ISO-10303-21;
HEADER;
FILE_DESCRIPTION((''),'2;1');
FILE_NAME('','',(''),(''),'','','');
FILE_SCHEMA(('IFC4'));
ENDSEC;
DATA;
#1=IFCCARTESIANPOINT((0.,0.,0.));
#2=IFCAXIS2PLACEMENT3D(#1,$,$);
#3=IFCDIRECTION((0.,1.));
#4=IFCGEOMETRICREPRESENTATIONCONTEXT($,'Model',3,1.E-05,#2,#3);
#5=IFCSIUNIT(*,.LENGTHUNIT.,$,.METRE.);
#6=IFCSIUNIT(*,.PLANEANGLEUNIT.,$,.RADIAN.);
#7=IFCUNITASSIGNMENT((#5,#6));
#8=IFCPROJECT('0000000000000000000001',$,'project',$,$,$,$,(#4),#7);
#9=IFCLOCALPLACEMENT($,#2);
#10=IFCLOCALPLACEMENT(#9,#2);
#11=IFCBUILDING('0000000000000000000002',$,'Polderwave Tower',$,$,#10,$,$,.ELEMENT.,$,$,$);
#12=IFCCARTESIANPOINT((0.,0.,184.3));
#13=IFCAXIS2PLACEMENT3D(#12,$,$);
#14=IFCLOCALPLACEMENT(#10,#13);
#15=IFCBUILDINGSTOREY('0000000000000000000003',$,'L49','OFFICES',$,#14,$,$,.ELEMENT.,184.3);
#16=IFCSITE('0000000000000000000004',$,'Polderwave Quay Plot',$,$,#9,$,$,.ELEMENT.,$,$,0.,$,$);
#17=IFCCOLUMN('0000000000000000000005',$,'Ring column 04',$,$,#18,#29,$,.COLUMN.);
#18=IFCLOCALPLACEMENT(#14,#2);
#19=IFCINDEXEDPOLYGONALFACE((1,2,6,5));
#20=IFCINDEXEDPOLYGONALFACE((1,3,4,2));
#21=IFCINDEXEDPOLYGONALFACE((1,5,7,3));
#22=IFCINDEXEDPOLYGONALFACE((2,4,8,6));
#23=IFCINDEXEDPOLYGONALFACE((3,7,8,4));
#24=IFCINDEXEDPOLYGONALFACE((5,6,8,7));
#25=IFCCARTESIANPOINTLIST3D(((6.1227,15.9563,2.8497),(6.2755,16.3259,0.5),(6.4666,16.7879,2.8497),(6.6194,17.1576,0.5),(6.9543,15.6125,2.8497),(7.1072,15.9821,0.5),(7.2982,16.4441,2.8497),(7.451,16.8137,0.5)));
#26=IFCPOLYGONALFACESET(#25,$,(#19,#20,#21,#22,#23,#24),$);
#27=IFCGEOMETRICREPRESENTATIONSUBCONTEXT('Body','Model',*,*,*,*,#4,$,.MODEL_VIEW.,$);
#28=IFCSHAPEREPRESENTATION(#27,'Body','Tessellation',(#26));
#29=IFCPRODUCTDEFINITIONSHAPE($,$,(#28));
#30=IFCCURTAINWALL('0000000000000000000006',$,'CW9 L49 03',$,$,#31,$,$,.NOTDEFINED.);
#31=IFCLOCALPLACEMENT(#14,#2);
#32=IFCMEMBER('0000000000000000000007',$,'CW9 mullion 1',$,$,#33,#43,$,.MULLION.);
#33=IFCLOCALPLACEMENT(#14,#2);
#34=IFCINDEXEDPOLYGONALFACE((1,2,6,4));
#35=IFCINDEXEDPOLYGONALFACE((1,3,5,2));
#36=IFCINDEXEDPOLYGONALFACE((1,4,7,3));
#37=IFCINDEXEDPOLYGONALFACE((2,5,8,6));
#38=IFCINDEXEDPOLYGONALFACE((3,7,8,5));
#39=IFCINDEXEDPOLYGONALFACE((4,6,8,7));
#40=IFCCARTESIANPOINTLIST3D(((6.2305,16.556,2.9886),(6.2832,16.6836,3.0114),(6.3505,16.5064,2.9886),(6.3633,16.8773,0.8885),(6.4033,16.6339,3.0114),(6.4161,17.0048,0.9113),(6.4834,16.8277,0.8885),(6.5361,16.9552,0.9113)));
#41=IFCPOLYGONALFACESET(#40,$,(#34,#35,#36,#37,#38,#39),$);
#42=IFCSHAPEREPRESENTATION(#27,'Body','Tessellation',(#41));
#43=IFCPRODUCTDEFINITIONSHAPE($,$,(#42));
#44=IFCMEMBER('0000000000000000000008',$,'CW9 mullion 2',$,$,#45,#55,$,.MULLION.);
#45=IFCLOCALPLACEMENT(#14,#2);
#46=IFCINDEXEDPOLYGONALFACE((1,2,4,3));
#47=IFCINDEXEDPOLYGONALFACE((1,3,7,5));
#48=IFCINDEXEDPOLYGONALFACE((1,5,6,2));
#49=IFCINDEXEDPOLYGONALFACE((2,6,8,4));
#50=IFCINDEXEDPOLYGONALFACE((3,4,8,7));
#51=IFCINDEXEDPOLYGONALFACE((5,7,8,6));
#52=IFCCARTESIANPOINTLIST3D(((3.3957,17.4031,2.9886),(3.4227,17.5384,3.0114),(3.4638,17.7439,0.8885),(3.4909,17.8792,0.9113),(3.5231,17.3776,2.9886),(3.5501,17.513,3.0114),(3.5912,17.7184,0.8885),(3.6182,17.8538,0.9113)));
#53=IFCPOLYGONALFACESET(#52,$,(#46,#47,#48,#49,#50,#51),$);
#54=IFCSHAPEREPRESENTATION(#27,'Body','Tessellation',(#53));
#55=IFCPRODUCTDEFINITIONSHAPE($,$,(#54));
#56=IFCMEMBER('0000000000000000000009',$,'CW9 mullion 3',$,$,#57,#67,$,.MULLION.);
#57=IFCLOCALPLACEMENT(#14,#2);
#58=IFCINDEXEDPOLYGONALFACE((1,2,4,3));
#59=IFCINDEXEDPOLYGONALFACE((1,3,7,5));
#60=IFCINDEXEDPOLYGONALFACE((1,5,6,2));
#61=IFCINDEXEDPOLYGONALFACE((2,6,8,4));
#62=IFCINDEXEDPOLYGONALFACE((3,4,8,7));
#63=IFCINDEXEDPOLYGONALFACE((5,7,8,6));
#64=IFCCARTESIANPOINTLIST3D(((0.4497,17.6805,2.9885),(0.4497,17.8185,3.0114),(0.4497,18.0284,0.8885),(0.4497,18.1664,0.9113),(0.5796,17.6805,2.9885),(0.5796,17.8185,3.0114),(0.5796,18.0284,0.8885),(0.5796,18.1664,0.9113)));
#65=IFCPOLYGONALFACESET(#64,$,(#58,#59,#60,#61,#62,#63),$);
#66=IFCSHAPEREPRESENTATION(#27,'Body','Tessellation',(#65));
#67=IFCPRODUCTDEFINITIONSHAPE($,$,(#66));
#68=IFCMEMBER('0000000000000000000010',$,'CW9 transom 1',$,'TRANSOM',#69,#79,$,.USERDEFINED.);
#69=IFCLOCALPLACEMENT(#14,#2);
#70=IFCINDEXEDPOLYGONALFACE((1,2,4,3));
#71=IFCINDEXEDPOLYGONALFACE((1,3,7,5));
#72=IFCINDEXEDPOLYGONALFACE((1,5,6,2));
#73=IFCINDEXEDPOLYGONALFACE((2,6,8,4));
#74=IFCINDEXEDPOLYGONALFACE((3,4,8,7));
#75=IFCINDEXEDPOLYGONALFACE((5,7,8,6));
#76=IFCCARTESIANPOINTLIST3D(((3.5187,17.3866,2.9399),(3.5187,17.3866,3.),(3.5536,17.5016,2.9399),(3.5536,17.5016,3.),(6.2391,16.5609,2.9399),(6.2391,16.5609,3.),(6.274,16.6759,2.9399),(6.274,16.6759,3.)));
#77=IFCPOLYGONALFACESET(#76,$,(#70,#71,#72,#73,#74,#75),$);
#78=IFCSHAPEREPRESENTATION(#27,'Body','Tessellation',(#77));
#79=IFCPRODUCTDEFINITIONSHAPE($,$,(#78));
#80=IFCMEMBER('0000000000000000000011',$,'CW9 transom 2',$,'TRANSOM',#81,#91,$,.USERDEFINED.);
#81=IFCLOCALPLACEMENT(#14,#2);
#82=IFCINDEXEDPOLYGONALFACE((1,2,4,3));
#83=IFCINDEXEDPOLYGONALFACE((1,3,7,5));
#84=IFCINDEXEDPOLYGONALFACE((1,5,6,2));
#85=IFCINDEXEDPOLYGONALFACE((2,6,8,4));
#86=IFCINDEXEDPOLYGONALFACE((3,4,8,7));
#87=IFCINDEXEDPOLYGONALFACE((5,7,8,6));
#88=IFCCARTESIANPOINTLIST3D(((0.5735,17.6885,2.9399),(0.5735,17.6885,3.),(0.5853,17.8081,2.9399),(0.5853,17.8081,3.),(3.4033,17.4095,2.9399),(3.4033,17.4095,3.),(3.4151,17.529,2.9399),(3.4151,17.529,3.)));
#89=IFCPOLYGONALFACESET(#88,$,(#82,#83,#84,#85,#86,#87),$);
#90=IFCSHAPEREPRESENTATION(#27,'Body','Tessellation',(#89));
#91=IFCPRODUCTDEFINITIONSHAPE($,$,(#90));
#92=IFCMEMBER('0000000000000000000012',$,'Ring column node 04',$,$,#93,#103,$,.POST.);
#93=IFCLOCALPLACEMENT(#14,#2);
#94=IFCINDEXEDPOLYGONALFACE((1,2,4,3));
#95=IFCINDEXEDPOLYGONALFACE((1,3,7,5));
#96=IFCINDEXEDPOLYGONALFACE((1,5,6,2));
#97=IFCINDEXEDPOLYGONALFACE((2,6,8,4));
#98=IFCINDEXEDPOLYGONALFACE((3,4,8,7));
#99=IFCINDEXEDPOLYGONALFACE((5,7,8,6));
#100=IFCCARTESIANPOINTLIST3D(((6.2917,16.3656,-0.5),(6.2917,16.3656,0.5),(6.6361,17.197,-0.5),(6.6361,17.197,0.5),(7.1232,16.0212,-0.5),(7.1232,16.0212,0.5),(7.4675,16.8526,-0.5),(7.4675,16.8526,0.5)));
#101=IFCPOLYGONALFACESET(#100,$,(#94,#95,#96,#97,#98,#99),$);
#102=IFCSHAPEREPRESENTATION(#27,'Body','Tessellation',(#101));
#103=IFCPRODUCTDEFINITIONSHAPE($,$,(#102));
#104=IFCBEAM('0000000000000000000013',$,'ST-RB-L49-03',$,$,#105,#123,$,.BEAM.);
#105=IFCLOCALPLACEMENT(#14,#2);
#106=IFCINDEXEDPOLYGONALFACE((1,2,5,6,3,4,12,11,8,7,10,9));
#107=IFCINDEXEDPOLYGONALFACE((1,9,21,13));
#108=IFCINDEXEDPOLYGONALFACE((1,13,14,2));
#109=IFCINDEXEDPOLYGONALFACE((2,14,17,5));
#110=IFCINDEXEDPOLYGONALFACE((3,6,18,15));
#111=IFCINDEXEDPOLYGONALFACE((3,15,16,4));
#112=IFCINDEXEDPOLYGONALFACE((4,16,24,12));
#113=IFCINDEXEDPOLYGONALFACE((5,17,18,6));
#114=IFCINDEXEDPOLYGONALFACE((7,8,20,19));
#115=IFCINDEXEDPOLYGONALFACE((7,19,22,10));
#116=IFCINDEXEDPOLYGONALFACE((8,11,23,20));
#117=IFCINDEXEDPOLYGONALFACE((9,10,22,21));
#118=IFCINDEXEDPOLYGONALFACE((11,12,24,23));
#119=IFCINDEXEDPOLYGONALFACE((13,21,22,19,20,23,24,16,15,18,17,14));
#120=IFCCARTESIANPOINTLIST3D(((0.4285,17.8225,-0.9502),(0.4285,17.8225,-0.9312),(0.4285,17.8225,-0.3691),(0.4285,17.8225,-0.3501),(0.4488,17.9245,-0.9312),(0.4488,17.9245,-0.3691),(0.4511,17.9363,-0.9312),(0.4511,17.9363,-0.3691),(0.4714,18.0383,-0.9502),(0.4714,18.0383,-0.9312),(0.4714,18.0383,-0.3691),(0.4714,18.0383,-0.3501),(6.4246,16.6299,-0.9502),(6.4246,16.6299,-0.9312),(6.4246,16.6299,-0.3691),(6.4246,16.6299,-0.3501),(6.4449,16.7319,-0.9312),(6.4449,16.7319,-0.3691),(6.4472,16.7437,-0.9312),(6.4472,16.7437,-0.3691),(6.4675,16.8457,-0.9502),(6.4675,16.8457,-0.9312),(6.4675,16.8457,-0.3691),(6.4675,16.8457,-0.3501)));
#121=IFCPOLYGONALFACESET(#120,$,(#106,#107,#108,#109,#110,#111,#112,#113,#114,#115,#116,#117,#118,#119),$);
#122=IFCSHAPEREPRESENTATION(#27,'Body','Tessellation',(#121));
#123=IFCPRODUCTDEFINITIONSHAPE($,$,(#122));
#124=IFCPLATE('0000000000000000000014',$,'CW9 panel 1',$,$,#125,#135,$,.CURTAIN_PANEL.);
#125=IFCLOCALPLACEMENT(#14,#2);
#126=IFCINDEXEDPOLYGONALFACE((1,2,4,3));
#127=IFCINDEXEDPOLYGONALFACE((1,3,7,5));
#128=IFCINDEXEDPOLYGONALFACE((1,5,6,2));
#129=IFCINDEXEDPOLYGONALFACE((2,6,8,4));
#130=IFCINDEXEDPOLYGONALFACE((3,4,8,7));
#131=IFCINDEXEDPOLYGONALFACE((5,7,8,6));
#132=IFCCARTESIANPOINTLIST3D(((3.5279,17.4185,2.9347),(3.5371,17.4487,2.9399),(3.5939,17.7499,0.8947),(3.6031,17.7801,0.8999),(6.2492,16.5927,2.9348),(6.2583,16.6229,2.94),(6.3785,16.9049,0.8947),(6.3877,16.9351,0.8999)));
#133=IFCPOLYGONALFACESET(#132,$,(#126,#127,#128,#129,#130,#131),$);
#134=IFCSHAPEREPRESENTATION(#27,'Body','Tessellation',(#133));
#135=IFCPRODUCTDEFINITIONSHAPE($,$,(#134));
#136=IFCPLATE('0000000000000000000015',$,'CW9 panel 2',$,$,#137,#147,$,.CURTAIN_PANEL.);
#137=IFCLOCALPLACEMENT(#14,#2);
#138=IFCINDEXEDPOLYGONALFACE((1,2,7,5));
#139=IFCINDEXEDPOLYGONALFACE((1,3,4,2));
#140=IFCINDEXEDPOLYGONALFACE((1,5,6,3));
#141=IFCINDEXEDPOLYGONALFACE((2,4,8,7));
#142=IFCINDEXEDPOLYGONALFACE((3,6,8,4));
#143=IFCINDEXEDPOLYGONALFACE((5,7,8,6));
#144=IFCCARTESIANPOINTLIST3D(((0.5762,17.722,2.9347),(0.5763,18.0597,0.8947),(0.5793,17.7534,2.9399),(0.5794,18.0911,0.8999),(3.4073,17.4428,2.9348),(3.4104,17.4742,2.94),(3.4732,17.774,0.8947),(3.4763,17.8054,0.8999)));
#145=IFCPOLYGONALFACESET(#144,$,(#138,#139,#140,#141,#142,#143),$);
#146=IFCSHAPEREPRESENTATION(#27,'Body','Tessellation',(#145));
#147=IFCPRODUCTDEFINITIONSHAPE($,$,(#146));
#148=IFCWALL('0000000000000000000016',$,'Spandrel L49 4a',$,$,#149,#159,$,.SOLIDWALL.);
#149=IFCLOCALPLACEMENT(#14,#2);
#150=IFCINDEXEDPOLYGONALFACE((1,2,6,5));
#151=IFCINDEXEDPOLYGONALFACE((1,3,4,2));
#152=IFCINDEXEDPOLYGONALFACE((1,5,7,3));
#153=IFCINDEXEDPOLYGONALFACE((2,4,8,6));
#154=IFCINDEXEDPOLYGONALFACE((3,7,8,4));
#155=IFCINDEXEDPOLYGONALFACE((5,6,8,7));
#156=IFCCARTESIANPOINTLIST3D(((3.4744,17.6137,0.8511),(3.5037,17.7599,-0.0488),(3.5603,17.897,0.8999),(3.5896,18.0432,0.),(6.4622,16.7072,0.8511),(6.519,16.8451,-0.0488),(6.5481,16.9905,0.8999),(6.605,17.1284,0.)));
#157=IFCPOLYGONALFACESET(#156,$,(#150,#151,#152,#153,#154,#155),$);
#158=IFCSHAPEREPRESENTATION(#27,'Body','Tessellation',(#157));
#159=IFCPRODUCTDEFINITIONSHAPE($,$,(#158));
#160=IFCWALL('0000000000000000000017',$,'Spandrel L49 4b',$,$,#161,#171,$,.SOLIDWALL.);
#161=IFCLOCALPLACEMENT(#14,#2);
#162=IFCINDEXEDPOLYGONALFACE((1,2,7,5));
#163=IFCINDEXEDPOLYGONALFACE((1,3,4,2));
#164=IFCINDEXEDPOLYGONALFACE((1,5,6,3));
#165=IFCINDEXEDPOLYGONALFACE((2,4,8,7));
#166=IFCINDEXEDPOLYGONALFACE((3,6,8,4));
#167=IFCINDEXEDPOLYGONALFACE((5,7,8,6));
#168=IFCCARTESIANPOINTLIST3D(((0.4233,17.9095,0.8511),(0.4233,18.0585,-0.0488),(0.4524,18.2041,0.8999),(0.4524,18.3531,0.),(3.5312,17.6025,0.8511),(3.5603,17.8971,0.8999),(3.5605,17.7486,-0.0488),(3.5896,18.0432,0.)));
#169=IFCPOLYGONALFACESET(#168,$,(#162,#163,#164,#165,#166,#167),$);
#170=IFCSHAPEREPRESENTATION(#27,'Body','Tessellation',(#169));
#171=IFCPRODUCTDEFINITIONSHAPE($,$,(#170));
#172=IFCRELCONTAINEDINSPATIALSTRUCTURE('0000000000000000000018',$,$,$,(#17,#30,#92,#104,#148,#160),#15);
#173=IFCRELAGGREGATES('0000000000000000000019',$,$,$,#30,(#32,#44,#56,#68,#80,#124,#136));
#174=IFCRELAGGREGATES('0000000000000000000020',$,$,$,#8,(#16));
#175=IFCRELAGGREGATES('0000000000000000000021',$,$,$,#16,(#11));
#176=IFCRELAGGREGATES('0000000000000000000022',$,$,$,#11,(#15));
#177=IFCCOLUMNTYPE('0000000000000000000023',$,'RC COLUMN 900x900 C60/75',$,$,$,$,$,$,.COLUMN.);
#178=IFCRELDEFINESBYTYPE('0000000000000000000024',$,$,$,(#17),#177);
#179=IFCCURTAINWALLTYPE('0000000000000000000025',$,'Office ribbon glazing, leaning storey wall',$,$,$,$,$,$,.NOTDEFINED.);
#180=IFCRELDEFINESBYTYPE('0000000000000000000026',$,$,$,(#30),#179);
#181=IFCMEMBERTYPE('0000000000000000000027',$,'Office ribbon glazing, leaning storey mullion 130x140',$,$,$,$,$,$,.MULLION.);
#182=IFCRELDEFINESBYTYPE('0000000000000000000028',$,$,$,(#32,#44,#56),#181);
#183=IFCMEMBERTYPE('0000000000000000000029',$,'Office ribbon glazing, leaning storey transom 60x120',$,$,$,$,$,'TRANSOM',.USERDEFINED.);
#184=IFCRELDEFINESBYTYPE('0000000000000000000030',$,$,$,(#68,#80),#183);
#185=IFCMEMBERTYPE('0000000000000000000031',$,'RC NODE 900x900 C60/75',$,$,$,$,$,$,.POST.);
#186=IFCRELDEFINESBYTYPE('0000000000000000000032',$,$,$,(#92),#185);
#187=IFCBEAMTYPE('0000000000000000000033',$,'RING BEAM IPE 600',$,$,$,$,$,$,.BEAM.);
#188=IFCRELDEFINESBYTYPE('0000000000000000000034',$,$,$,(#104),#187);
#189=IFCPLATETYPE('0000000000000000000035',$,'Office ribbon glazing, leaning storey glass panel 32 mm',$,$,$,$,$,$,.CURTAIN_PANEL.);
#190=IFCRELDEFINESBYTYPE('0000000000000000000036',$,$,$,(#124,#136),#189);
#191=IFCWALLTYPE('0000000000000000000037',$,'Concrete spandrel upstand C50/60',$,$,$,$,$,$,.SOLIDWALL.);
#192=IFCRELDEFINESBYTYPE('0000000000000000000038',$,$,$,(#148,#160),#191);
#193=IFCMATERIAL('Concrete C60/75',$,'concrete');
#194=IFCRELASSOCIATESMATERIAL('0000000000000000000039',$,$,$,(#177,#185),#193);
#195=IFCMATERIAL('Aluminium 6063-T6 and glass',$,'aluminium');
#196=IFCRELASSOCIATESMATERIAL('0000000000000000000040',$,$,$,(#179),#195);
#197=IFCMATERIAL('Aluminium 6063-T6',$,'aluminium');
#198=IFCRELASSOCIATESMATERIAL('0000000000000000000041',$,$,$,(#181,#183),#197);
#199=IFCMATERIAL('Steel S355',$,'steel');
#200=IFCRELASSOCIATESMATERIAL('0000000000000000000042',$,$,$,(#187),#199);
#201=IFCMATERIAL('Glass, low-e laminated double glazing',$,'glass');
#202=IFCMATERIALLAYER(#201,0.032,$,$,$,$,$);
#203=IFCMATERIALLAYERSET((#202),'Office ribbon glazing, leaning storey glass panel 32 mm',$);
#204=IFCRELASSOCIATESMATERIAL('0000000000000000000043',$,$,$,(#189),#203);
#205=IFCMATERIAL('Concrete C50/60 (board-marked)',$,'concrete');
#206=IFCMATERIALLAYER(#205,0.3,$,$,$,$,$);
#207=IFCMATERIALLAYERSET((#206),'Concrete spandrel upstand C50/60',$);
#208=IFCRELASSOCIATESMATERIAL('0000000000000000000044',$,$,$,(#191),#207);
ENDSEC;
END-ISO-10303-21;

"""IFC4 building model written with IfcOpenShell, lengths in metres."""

from ifc_helpers import new_model, si_unit, direction, frame, origin, origin_2d, place, context, subcontext, project, spatial, polyline, rectangle, i_section, outline, extrude, material, layer, layer_set, material_profile, profile_set, type_object, element, aggregate, save


model = new_model("IFC4")

# Units and contexts
model_context = context("Model", 3, precision=1e-05, world=origin(), true_north=direction((0.0, 1.0)))
body_context = subcontext(model_context, "Body", "Model", "MODEL_VIEW")
ifc_project = project(units=[si_unit("LENGTHUNIT", "METRE"), si_unit("PLANEANGLEUNIT", "RADIAN")], contexts=[model_context])

# Site, building, storey
site_placement = place(None, origin())
site = spatial("IfcSite", under=ifc_project, at=site_placement, Name="Polderwave Quay Plot", CompositionType="ELEMENT", RefElevation=0.0)
building_placement = place(site_placement, origin())
building = spatial("IfcBuilding", under=site, at=building_placement, Name="Polderwave Tower", CompositionType="ELEMENT")
storey_placement = place(building_placement, frame((0.0, 0.0, 184.3)))
storey = spatial("IfcBuildingStorey", under=building, at=storey_placement, Name="L49", Description="OFFICES", CompositionType="ELEMENT", Elevation=184.3)

# Column
ifc_material_1 = material(Name="Concrete C60/75", Category="concrete")
ifc_material_profile_1 = material_profile(ifc_material_1, rectangle(XDim=0.8999, YDim=0.8999, at=origin_2d()), Name="RC 900x900")
ifc_profile_set_1 = profile_set([ifc_material_profile_1], Name="Concrete C60/75")
column_type = type_object("IfcColumnType", Name="RC COLUMN 900x900 C60/75", PredefinedType="COLUMN", material=ifc_profile_set_1)
column_placement = place(storey_placement, frame((6.8633, 16.5698, 0.5), z_axis=(0.0, 0.0, 1.0), x_axis=(0.924121, -0.3821, 0.0)))
element("IfcColumn", 1, at=column_placement, inside=storey, type_object=column_type, Name="Ring column 04", PredefinedType="COLUMN", context=body_context, shape_type="SweptSolid", body=[
    extrude(rectangle(XDim=0.8999, YDim=0.8999, at=origin_2d()), origin(), (0.0, -0.167801, 0.985821), 2.3835),
])

# Curtain wall, members
ifc_material_2 = material(Name="Aluminium 6063-T6 and glass", Category="aluminium")
curtain_wall_type = type_object("IfcCurtainWallType", Name="Office ribbon glazing, leaning storey wall", PredefinedType="NOTDEFINED", material=ifc_material_2)
curtain_wall_placement = place(storey_placement, origin())
curtain_wall = element("IfcCurtainWall", 2, at=curtain_wall_placement, inside=storey, type_object=curtain_wall_type, Name="CW9 L49 03", PredefinedType="NOTDEFINED")
ifc_material_3 = material(Name="Aluminium 6063-T6", Category="aluminium")
ifc_material_profile_2 = material_profile(ifc_material_3, rectangle(XDim=0.1299, YDim=0.1399, at=origin_2d()), Name="AL 130x140")
ifc_profile_set_2 = profile_set([ifc_material_profile_2], Name="Aluminium 6063-T6")
member_type_1 = type_object("IfcMemberType", Name="Office ribbon glazing, leaning storey mullion 130x140", PredefinedType="MULLION", material=ifc_profile_set_2)
member_1_placement = place(storey_placement, frame((6.4497, 16.9163, 0.8999), z_axis=(-0.062392, -0.150934, 0.986573), x_axis=(0.924154, -0.382021, 0.0)))
member_1 = element("IfcMember", 3, at=member_1_placement, type_object=member_type_1, Name="CW9 mullion 1", PredefinedType="MULLION", context=body_context, shape_type="SweptSolid", body=[
    extrude(rectangle(XDim=0.1299, YDim=0.1399, at=origin_2d()), origin(), (0.0, 0.0, 1.0), 2.1287),
])
member_2_placement = place(storey_placement, frame((3.541, 17.7988, 0.8999), z_axis=(-0.031999, -0.16011, 0.98658), x_axis=(0.980608, -0.195981, 0.0)))
member_2 = element("IfcMember", 4, at=member_2_placement, type_object=member_type_1, Name="CW9 mullion 2", PredefinedType="MULLION", context=body_context, shape_type="SweptSolid", body=[
    extrude(rectangle(XDim=0.1299, YDim=0.1399, at=origin_2d()), origin(), (0.0, 0.0, 1.0), 2.1287),
])
member_3_placement = place(storey_placement, frame((0.5146, 18.0974, 0.8999), z_axis=(0.0, -0.163432, 0.986555), x_axis=(1.0, 0.0, 0.0)))
member_3 = element("IfcMember", 5, at=member_3_placement, type_object=member_type_1, Name="CW9 mullion 3", PredefinedType="MULLION", context=body_context, shape_type="SweptSolid", body=[
    extrude(rectangle(XDim=0.1299, YDim=0.1399, at=origin_2d()), origin(), (0.0, 0.0, 1.0), 2.1287),
])
ifc_material_profile_3 = material_profile(ifc_material_3, rectangle(XDim=0.1201, YDim=0.0601, at=origin_2d()), Name="AL 60x120")
ifc_profile_set_3 = profile_set([ifc_material_profile_3], Name="Aluminium 6063-T6")
member_type_2 = type_object("IfcMemberType", Name="Office ribbon glazing, leaning storey transom 60x120", ElementType="TRANSOM", PredefinedType="USERDEFINED", material=ifc_profile_set_3)
member_4_placement = place(storey_placement, frame((6.2566, 16.6184, 2.97), z_axis=(-0.956897, 0.290427, 0.0), x_axis=(-0.290427, -0.956897, 0.0)))
member_4 = element("IfcMember", 6, at=member_4_placement, type_object=member_type_2, Name="CW9 transom 1", ObjectType="TRANSOM", PredefinedType="USERDEFINED", context=body_context, shape_type="SweptSolid", body=[
    extrude(rectangle(XDim=0.1201, YDim=0.0601, at=origin_2d()), origin(), (0.0, 0.0, 1.0), 2.843),
])
member_5_placement = place(storey_placement, frame((3.4092, 17.4692, 2.97), z_axis=(-0.995173, 0.098135, 0.0), x_axis=(-0.098135, -0.995173, 0.0)))
member_5 = element("IfcMember", 7, at=member_5_placement, type_object=member_type_2, Name="CW9 transom 2", ObjectType="TRANSOM", PredefinedType="USERDEFINED", context=body_context, shape_type="SweptSolid", body=[
    extrude(rectangle(XDim=0.1201, YDim=0.0601, at=origin_2d()), origin(), (0.0, 0.0, 1.0), 2.8435),
])

# Member
ifc_material_profile_4 = material_profile(ifc_material_1, rectangle(XDim=0.8999, YDim=0.8999, at=origin_2d()), Name="RC 900x900")
ifc_profile_set_4 = profile_set([ifc_material_profile_4], Name="Concrete C60/75")
member_type_3 = type_object("IfcMemberType", Name="RC NODE 900x900 C60/75", PredefinedType="POST", material=ifc_profile_set_4)
member_6_placement = place(storey_placement, frame((6.8796, 16.6091, -0.5), z_axis=(0.0, 0.0, 1.0), x_axis=(0.382683, 0.92388, 0.0)))
element("IfcMember", 8, at=member_6_placement, inside=storey, type_object=member_type_3, Name="Ring column node 04", PredefinedType="POST", context=body_context, shape_type="SweptSolid", body=[
    extrude(rectangle(XDim=0.8999, YDim=0.8999, at=origin_2d()), origin(), (0.0, 0.0, 1.0), 1.0),
])

# Beam
ifc_material_4 = material(Name="Steel S355", Category="steel")
ifc_material_profile_5 = material_profile(ifc_material_4, i_section(OverallWidth=0.22, OverallDepth=0.6001, WebThickness=0.012, FlangeThickness=0.019, at=origin_2d()), Name="IPE 600")
ifc_profile_set_5 = profile_set([ifc_material_profile_5], Name="Steel S355")
beam_type = type_object("IfcBeamType", Name="RING BEAM IPE 600", PredefinedType="BEAM", material=ifc_profile_set_5)
beam_placement = place(storey_placement, frame((6.446, 16.7378, -0.6501), z_axis=(-0.980787, 0.195079, 0.0), x_axis=(-0.195079, -0.980787, 0.0)))
element("IfcBeam", 9, at=beam_placement, inside=storey, type_object=beam_type, Name="ST-RB-L49-03", PredefinedType="BEAM", context=body_context, shape_type="SweptSolid", body=[
    extrude(i_section(OverallWidth=0.22, OverallDepth=0.6001, WebThickness=0.012, FlangeThickness=0.019, at=origin_2d()), origin(), (0.0, 0.0, 1.0), 6.1135),
])

# Plates
ifc_material_5 = material(Name="Glass, low-e laminated double glazing", Category="glass")
ifc_layer_1 = layer(ifc_material_5, 0.032)
ifc_layer_set_1 = layer_set([ifc_layer_1], Name="Office ribbon glazing, leaning storey glass panel 32 mm")
plate_type = type_object("IfcPlateType", Name="Office ribbon glazing, leaning storey glass panel 32 mm", PredefinedType="CURTAIN_PANEL", material=ifc_layer_set_1)
plate_1_placement = place(storey_placement, frame((6.3877, 16.9351, 0.8999), z_axis=(0.286532, 0.944165, 0.16264), x_axis=(-0.956906, 0.290397, 0.000006)))
plate_1 = element("IfcPlate", 10, at=plate_1_placement, type_object=plate_type, Name="CW9 panel 1", PredefinedType="CURTAIN_PANEL", context=body_context, shape_type="SweptSolid", body=[
    extrude(outline(polyline([(0.0, 0.0), (2.91, 0.0), (2.8769, 2.0676), (0.0332, 2.0676), (0.0, 0.0)])), origin(), (0.0, 0.0, -1.0), 0.032),
])
plate_2_placement = place(storey_placement, frame((3.4763, 17.8054, 0.8999), z_axis=(0.096846, 0.981935, 0.162557), x_axis=(-0.995172, 0.098151, 0.000004)))
plate_2 = element("IfcPlate", 11, at=plate_2_placement, type_object=plate_type, Name="CW9 panel 2", PredefinedType="CURTAIN_PANEL", context=body_context, shape_type="SweptSolid", body=[
    extrude(outline(polyline([(0.0, 0.0), (2.911, 0.0), (2.8779, 2.0675), (0.0331, 2.0676), (0.0, 0.0)])), origin(), (0.0, 0.0, -1.0), 0.032),
])
aggregate(curtain_wall, [member_1, member_2, member_3, member_4, member_5, plate_1, plate_2])

# Walls
ifc_material_6 = material(Name="Concrete C50/60 (board-marked)", Category="concrete")
ifc_layer_2 = layer(ifc_material_6, 0.3)
ifc_layer_set_2 = layer_set([ifc_layer_2], Name="Concrete spandrel upstand C50/60")
wall_type_1 = type_object("IfcWallType", Name="Concrete spandrel upstand C50/60", PredefinedType="SOLIDWALL", material=ifc_layer_set_2)
wall_1_placement = place(storey_placement, frame((6.605, 17.1284, 0.0), z_axis=(0.286448, 0.944164, 0.162795), x_axis=(-0.95693, 0.29032, 0.000002)))
element("IfcWall", 12, at=wall_1_placement, inside=storey, type_object=wall_type_1, Name="Spandrel L49 4a", PredefinedType="SOLIDWALL", context=body_context, shape_type="SweptSolid", body=[
    extrude(outline(polyline([(0.0, 0.0), (3.1511, 0.0), (3.1367, 0.9121), (0.0144, 0.9121), (0.0, 0.0)])), origin(), (0.0, 0.0, -1.0), 0.3),
])
wall_2_placement = place(storey_placement, frame((3.5896, 18.0432, 0.0), z_axis=(0.097001, 0.981911, 0.162611), x_axis=(-0.995156, 0.098309, 0.000005)))
element("IfcWall", 13, at=wall_2_placement, inside=storey, type_object=wall_type_1, Name="Spandrel L49 4b", PredefinedType="SOLIDWALL", context=body_context, shape_type="SweptSolid", body=[
    extrude(outline(polyline([(0.0, 0.0), (3.1525, 0.0), (3.1378, 0.912), (0.0148, 0.9121), (0.0, 0.0)])), origin(), (0.0, 0.0, -1.0), 0.3),
])

save(model, "model.ifc")
